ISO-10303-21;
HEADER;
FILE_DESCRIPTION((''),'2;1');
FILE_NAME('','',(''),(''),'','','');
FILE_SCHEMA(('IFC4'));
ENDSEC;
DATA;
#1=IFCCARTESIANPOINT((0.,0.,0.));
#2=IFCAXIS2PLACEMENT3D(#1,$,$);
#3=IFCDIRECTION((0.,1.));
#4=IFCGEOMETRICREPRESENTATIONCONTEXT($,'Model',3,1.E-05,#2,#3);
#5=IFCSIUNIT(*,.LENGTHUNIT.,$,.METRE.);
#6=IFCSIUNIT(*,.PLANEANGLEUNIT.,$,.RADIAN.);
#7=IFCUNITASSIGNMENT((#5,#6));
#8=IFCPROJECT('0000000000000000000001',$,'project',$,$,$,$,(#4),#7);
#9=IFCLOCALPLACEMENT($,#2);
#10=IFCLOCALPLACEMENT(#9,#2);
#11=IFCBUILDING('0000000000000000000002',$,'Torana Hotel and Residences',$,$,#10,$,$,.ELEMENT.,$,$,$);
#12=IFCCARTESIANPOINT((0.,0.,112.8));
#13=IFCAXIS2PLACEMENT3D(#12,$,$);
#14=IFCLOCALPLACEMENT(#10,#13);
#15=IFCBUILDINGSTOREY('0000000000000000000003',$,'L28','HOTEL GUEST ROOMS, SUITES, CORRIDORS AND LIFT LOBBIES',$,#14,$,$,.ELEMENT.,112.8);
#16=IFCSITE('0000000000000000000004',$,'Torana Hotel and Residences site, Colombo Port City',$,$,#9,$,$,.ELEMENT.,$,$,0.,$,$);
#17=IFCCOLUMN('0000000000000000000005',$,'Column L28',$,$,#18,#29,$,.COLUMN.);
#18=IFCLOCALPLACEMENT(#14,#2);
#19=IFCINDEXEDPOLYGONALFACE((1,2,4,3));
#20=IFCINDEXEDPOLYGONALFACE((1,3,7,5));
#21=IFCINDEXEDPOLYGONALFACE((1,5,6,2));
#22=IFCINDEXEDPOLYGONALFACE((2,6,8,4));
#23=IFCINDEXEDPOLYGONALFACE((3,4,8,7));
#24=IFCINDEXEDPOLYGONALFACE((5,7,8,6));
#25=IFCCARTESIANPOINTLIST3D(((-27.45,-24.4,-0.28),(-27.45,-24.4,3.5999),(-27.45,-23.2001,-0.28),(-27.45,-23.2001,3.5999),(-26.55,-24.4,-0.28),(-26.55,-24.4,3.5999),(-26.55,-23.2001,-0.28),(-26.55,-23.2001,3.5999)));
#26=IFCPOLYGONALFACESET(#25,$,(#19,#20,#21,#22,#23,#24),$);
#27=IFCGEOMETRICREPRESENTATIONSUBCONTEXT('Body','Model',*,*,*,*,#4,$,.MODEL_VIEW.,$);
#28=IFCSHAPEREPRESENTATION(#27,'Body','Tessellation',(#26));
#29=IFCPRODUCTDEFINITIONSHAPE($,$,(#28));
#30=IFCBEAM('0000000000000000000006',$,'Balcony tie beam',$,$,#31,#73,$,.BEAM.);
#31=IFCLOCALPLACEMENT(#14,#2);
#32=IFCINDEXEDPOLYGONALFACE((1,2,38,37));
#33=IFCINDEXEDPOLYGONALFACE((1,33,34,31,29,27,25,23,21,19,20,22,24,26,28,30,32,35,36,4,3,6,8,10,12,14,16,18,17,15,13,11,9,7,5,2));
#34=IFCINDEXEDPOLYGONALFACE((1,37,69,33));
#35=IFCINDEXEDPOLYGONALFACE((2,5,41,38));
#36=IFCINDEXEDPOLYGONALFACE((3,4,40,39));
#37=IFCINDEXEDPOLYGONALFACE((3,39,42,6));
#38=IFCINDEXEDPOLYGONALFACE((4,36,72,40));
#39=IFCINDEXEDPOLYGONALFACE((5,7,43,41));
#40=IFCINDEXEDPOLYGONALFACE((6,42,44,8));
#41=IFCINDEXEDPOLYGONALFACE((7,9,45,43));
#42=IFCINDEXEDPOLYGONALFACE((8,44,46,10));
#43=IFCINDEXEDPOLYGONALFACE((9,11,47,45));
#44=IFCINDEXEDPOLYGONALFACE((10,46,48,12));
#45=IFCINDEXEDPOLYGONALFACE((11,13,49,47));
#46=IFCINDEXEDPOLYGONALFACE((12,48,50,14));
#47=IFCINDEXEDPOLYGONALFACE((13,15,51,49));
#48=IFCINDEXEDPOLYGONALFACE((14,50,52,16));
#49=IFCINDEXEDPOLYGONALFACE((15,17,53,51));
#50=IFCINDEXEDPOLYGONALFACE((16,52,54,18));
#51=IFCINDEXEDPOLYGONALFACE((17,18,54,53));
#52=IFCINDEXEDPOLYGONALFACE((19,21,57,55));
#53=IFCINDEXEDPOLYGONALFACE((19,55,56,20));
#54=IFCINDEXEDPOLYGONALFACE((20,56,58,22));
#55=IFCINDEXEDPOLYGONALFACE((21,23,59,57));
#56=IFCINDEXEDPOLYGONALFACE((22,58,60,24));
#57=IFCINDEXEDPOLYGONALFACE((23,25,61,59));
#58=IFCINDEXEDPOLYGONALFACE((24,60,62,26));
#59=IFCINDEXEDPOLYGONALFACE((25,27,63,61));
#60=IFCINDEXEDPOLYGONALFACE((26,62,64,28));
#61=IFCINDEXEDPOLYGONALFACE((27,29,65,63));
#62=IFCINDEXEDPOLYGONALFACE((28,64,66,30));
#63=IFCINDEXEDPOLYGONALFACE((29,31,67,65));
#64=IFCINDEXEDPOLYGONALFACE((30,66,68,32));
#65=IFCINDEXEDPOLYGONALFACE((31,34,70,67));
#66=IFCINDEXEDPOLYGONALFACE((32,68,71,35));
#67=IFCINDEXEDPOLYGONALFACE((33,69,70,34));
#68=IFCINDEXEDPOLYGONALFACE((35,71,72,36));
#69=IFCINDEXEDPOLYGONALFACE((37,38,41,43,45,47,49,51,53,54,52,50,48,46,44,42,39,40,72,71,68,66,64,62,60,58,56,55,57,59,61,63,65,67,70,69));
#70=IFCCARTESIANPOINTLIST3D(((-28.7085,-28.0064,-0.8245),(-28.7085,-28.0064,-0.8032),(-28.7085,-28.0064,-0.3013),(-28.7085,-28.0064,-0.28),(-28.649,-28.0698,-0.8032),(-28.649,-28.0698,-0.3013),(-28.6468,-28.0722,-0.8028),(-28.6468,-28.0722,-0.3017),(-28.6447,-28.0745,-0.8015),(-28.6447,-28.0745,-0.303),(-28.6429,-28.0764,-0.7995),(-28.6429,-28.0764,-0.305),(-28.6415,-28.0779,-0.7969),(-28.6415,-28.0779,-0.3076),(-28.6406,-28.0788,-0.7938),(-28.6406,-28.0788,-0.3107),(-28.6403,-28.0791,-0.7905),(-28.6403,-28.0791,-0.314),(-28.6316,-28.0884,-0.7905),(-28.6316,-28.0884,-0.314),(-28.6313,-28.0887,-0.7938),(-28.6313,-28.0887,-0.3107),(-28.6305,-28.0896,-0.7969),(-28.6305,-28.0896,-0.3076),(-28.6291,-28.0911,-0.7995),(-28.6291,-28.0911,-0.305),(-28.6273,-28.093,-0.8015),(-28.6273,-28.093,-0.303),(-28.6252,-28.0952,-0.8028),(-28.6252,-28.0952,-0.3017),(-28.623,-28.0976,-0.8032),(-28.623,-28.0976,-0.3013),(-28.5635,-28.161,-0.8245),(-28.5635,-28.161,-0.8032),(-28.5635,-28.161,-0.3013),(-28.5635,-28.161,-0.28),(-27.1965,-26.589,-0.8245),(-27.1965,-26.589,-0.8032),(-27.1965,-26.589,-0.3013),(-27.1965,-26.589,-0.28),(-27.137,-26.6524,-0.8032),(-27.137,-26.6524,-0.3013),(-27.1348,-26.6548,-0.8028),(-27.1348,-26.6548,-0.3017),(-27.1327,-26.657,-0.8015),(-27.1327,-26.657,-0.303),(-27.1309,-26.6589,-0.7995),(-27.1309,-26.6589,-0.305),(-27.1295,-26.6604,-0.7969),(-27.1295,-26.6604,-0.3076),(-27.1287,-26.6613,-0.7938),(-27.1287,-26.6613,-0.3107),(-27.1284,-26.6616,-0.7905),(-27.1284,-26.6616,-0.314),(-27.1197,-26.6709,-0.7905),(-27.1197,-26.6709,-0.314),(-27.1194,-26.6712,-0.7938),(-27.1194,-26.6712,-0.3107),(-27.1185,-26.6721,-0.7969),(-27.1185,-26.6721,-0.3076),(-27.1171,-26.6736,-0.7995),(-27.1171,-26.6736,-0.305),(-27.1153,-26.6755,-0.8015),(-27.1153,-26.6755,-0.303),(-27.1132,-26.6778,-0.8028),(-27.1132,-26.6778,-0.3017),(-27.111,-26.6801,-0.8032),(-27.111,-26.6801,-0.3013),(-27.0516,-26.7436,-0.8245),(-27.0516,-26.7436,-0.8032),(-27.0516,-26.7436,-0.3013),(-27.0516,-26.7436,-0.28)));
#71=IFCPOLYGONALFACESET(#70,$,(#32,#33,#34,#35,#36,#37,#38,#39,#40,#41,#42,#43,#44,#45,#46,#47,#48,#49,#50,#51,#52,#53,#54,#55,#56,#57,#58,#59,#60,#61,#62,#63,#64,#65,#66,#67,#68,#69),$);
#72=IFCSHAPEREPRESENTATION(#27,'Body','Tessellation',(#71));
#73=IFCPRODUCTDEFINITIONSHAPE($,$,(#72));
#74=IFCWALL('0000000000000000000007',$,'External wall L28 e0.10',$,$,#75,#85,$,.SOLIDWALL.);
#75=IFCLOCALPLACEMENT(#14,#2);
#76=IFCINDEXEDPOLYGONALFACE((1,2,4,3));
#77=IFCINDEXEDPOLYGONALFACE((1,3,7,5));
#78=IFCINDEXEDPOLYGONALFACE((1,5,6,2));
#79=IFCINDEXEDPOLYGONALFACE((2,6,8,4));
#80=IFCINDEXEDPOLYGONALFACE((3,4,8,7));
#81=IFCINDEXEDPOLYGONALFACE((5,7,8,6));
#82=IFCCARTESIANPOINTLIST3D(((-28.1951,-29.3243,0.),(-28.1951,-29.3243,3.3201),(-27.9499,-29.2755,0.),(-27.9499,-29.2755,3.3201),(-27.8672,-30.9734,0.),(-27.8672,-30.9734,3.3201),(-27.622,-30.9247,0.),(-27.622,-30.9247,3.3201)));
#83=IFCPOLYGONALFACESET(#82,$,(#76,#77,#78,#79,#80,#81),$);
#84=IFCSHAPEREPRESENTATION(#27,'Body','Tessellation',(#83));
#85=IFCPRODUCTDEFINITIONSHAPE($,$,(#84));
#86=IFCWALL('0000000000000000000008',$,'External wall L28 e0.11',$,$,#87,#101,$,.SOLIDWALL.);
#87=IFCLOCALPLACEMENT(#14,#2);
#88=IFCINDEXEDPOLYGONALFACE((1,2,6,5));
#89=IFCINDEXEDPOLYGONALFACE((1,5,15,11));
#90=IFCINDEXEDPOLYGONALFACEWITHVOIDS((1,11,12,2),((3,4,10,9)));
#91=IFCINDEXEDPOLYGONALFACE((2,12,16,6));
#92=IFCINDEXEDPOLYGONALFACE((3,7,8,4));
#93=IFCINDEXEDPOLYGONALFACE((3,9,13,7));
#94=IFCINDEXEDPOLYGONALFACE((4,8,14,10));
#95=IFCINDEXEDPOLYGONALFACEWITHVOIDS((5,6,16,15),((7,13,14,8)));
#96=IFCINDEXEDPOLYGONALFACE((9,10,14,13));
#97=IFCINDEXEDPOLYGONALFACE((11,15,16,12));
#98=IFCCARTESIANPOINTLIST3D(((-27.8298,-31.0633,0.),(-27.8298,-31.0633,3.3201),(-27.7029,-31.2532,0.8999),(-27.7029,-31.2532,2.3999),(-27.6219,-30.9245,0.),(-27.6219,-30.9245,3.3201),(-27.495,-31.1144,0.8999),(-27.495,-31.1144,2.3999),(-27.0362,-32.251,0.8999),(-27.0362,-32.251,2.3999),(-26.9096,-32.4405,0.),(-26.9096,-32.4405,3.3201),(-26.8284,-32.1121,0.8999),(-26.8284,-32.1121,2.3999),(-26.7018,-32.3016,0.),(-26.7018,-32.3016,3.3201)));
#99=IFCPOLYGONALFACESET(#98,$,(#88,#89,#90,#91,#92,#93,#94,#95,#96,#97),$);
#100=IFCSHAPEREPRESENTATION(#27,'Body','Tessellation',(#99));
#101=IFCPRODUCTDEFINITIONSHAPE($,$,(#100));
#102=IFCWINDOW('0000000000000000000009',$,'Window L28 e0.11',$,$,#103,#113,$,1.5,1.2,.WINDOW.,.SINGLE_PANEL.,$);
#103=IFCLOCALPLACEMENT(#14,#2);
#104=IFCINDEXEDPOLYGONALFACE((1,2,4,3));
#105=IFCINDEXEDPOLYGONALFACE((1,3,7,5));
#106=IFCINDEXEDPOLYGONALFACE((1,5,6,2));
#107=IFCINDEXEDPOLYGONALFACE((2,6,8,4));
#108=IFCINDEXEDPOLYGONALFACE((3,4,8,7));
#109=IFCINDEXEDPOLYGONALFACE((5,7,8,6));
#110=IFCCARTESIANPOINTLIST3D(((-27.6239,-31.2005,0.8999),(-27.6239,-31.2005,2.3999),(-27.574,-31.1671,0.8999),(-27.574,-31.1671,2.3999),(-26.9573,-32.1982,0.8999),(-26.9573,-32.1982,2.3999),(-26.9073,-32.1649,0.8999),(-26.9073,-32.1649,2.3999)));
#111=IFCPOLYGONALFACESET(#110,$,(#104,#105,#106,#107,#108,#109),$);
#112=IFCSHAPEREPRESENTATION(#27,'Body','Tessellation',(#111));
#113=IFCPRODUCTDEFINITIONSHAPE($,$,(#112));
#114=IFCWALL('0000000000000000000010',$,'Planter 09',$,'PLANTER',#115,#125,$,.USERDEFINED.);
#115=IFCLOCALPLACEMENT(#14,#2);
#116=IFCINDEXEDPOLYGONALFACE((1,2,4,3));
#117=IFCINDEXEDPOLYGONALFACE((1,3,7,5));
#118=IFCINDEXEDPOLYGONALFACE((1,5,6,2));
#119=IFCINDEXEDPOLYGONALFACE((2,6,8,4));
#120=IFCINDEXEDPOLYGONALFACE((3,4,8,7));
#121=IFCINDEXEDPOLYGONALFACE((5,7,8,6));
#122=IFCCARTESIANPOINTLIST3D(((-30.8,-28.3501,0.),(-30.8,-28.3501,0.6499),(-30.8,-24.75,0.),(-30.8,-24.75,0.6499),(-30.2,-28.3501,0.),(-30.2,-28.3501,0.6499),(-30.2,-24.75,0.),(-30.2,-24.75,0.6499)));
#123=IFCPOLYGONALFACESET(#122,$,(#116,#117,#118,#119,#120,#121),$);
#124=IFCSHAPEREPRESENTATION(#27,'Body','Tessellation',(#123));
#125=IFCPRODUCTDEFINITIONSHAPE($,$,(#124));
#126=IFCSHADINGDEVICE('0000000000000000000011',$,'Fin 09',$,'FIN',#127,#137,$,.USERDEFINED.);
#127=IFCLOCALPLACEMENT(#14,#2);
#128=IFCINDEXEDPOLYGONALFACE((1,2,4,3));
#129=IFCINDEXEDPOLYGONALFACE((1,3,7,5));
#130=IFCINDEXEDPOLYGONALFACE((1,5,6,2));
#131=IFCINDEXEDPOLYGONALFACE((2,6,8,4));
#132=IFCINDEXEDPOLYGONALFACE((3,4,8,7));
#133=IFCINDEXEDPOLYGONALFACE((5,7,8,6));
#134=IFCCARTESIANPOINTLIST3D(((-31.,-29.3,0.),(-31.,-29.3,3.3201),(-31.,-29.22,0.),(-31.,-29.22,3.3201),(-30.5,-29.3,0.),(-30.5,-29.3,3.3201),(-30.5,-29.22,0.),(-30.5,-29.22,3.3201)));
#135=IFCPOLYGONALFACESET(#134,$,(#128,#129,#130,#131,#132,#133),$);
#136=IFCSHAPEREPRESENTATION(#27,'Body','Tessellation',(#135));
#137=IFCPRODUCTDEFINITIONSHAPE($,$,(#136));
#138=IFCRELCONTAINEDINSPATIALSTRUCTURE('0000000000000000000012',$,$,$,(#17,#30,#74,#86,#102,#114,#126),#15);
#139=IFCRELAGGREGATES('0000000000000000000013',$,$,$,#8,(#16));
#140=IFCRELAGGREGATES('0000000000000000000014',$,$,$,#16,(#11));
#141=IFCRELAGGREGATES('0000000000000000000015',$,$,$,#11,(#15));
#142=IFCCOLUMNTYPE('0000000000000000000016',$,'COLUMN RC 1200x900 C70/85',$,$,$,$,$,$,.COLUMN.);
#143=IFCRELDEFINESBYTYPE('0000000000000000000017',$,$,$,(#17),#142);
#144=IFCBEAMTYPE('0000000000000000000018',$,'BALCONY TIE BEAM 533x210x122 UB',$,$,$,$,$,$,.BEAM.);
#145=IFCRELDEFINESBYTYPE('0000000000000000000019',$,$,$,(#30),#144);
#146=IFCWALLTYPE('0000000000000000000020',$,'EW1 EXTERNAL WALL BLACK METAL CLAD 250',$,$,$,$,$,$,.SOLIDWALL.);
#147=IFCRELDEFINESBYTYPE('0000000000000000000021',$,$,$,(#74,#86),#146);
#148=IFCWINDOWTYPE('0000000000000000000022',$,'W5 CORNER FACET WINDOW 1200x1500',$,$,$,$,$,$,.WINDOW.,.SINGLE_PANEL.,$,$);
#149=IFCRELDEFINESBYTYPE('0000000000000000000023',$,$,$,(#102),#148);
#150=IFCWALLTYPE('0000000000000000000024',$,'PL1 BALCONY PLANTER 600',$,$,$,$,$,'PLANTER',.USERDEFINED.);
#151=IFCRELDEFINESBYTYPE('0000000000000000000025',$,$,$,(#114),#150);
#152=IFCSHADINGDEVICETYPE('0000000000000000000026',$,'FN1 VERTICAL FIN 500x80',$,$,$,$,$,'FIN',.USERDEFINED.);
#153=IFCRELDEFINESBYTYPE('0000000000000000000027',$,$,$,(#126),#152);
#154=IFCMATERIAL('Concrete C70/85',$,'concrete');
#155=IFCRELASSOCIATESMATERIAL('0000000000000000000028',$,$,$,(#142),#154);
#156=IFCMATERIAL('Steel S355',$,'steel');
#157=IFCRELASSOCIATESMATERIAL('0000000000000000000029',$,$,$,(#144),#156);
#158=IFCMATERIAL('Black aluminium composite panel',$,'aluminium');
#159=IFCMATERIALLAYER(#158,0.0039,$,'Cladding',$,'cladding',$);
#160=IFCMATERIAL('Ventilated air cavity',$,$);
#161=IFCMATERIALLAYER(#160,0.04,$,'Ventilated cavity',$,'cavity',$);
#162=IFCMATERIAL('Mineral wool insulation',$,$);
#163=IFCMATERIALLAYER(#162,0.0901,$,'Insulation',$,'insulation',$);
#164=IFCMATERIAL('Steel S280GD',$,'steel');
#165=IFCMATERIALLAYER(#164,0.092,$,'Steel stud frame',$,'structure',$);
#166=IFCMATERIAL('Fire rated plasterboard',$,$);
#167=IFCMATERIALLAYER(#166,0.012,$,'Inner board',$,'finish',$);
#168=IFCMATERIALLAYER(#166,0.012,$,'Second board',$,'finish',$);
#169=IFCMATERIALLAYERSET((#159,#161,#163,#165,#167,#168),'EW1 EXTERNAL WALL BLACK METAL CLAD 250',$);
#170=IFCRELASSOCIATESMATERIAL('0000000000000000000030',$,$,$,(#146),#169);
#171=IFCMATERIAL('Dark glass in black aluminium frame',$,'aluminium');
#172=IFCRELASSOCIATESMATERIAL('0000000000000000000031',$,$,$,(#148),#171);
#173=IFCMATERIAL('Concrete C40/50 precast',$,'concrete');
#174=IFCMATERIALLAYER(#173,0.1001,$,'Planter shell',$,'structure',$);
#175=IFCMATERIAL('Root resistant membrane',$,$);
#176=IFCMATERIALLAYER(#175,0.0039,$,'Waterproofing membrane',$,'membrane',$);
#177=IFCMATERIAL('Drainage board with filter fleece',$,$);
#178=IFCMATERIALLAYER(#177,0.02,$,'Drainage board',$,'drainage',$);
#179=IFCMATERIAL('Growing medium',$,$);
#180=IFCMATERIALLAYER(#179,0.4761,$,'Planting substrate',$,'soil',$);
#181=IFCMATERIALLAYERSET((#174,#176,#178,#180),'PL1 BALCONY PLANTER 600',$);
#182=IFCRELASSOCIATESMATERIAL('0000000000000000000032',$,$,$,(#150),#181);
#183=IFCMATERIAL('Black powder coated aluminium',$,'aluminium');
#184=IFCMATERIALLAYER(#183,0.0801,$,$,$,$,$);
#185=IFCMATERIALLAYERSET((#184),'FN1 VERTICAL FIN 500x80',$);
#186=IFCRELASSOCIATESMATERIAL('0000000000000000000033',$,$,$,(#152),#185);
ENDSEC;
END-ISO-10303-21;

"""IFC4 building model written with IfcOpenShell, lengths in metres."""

from ifc_helpers import new_model, si_unit, direction, frame, frame_2d, origin, origin_2d, place, context, subcontext, project, spatial, rectangle, i_section, extrude, material, layer, layer_set, material_profile, profile_set, type_object, element, fill, save


model = new_model("IFC4")

# Units and contexts
model_context = context("Model", 3, precision=1e-05, world=origin(), true_north=direction((0.0, 1.0)))
body_context = subcontext(model_context, "Body", "Model", "MODEL_VIEW")
ifc_project = project(units=[si_unit("LENGTHUNIT", "METRE"), si_unit("PLANEANGLEUNIT", "RADIAN")], contexts=[model_context])

# Site, building, storey
site_placement = place(None, origin())
site = spatial("IfcSite", under=ifc_project, at=site_placement, Name="Torana Hotel and Residences site, Colombo Port City", CompositionType="ELEMENT", RefElevation=0.0)
building_placement = place(site_placement, origin())
building = spatial("IfcBuilding", under=site, at=building_placement, Name="Torana Hotel and Residences", CompositionType="ELEMENT")
storey_placement = place(building_placement, frame((0.0, 0.0, 112.8)))
storey = spatial("IfcBuildingStorey", under=building, at=storey_placement, Name="L28", Description="HOTEL GUEST ROOMS, SUITES, CORRIDORS AND LIFT LOBBIES", CompositionType="ELEMENT", Elevation=112.8)

# Column
ifc_material_1 = material(Name="Concrete C70/85", Category="concrete")
ifc_material_profile_1 = material_profile(ifc_material_1, rectangle(XDim=1.2, YDim=0.8999, at=origin_2d()), Name="RC 1200x900")
ifc_profile_set_1 = profile_set([ifc_material_profile_1], Name="Concrete C70/85")
column_type = type_object("IfcColumnType", Name="COLUMN RC 1200x900 C70/85", PredefinedType="COLUMN", material=ifc_profile_set_1)
column_placement = place(storey_placement, frame((-27.0, -23.8, -0.28), z_axis=(0.0, 0.0, 1.0), x_axis=(0.0, 1.0, 0.0)))
element("IfcColumn", 1, at=column_placement, inside=storey, type_object=column_type, Name="Column L28", PredefinedType="COLUMN", context=body_context, shape_type="SweptSolid", body=[
    extrude(rectangle(XDim=1.2, YDim=0.8999, at=origin_2d()), origin(), (0.0, 0.0, 1.0), 3.8799),
])

# Beam
ifc_material_2 = material(Name="Steel S355", Category="steel")
ifc_material_profile_2 = material_profile(ifc_material_2, i_section(OverallWidth=0.2119, OverallDepth=0.5444, WebThickness=0.0127, FlangeThickness=0.0212, FilletRadius=0.0127, at=origin_2d()), Name="533x210x122 UB")
ifc_profile_set_2 = profile_set([ifc_material_profile_2], Name="Steel S355")
beam_type = type_object("IfcBeamType", Name="BALCONY TIE BEAM 533x210x122 UB", PredefinedType="BEAM", material=ifc_profile_set_2)
beam_placement = place(storey_placement, frame((-28.636, -28.0837, -0.5522), z_axis=(0.729534, 0.683945, 0.0), x_axis=(-0.683945, 0.729534, 0.0)))
element("IfcBeam", 2, at=beam_placement, inside=storey, type_object=beam_type, Name="Balcony tie beam", PredefinedType="BEAM", context=body_context, shape_type="SweptSolid", body=[
    extrude(i_section(OverallWidth=0.2119, OverallDepth=0.5444, WebThickness=0.0127, FlangeThickness=0.0212, FilletRadius=0.0127, at=origin_2d()), origin(), (0.0, 0.0, 1.0), 2.0725),
])

# Wall
ifc_material_3 = material(Name="Black aluminium composite panel", Category="aluminium")
ifc_layer_1 = layer(ifc_material_3, 0.0039, Name="Cladding", Category="cladding")
ifc_material_4 = material(Name="Ventilated air cavity")
ifc_layer_2 = layer(ifc_material_4, 0.04, Name="Ventilated cavity", Category="cavity")
ifc_material_5 = material(Name="Mineral wool insulation")
ifc_layer_3 = layer(ifc_material_5, 0.0901, Name="Insulation", Category="insulation")
ifc_material_6 = material(Name="Steel S280GD", Category="steel")
ifc_layer_4 = layer(ifc_material_6, 0.092, Name="Steel stud frame", Category="structure")
ifc_material_7 = material(Name="Fire rated plasterboard")
ifc_layer_5 = layer(ifc_material_7, 0.012, Name="Inner board", Category="finish")
ifc_layer_6 = layer(ifc_material_7, 0.012, Name="Second board", Category="finish")
ifc_layer_set_1 = layer_set([ifc_layer_1, ifc_layer_2, ifc_layer_3, ifc_layer_4, ifc_layer_5, ifc_layer_6], Name="EW1 EXTERNAL WALL BLACK METAL CLAD 250")
wall_type_1 = type_object("IfcWallType", Name="EW1 EXTERNAL WALL BLACK METAL CLAD 250", PredefinedType="SOLIDWALL", material=ifc_layer_set_1)
wall_1_placement = place(storey_placement, frame((-28.0725, -29.2998, 0.0), z_axis=(0.0, 0.0, 1.0), x_axis=(0.194999, -0.980803, 0.0)))
element("IfcWall", 3, at=wall_1_placement, inside=storey, type_object=wall_type_1, Name="External wall L28 e0.10", PredefinedType="SOLIDWALL", context=body_context, shape_type="SweptSolid", body=[
    extrude(rectangle(XDim=1.6814, YDim=0.25, at=frame_2d((0.8408, 0.0))), origin(), (0.0, 0.0, 1.0), 3.3201),
])

# Wall, opening, window
wall_2_placement = place(storey_placement, frame((-27.7258, -30.9939, 0.0), z_axis=(0.0, 0.0, 1.0), x_axis=(0.55555, -0.831483, 0.0)))
wall_2 = element("IfcWall", 4, at=wall_2_placement, inside=storey, type_object=wall_type_1, Name="External wall L28 e0.11", PredefinedType="SOLIDWALL", context=body_context, shape_type="SweptSolid", body=[
    extrude(rectangle(XDim=1.6562, YDim=0.25, at=frame_2d((0.8281, 0.0))), origin(), (0.0, 0.0, 1.0), 3.3201),
])
opening_placement = place(wall_2_placement, frame((0.2283, 0.0, 0.8999)))
opening = element("IfcOpeningElement", 5, at=opening_placement, cuts=wall_2, PredefinedType="OPENING", context=body_context, shape_type="SweptSolid", body=[
    extrude(rectangle(XDim=1.2, YDim=1.5, at=frame_2d((0.6001, 0.75))), frame((0.0, 0.135, 0.0), z_axis=(0.0, -1.0, 0.0), x_axis=(1.0, 0.0, 0.0)), (0.0, 0.0, 1.0), 0.27),
])
ifc_material_8 = material(Name="Dark glass in black aluminium frame", Category="aluminium")
window_type = type_object("IfcWindowType", Name="W5 CORNER FACET WINDOW 1200x1500", PartitioningType="SINGLE_PANEL", PredefinedType="WINDOW", material=ifc_material_8)
window_placement = place(opening_placement, origin())
window = element("IfcWindow", 6, at=window_placement, inside=storey, type_object=window_type, Name="Window L28 e0.11", OverallHeight=1.5, OverallWidth=1.2, PartitioningType="SINGLE_PANEL", PredefinedType="WINDOW", context=body_context, shape_type="SweptSolid", body=[
    extrude(rectangle(XDim=1.2, YDim=1.5, at=frame_2d((0.6001, 0.75))), frame((0.0, 0.03, 0.0), z_axis=(0.0, -1.0, 0.0), x_axis=(1.0, 0.0, 0.0)), (0.0, 0.0, 1.0), 0.0601),
])
fill(opening, window)

# Wall
ifc_material_9 = material(Name="Concrete C40/50 precast", Category="concrete")
ifc_layer_7 = layer(ifc_material_9, 0.1001, Name="Planter shell", Category="structure")
ifc_material_10 = material(Name="Root resistant membrane")
ifc_layer_8 = layer(ifc_material_10, 0.0039, Name="Waterproofing membrane", Category="membrane")
ifc_material_11 = material(Name="Drainage board with filter fleece")
ifc_layer_9 = layer(ifc_material_11, 0.02, Name="Drainage board", Category="drainage")
ifc_material_12 = material(Name="Growing medium")
ifc_layer_10 = layer(ifc_material_12, 0.4761, Name="Planting substrate", Category="soil")
ifc_layer_set_2 = layer_set([ifc_layer_7, ifc_layer_8, ifc_layer_9, ifc_layer_10], Name="PL1 BALCONY PLANTER 600")
wall_type_2 = type_object("IfcWallType", Name="PL1 BALCONY PLANTER 600", ElementType="PLANTER", PredefinedType="USERDEFINED", material=ifc_layer_set_2)
wall_3_placement = place(storey_placement, frame((-30.5, -28.3501, 0.0), z_axis=(0.0, 0.0, 1.0), x_axis=(0.0, 1.0, 0.0)))
element("IfcWall", 7, at=wall_3_placement, inside=storey, type_object=wall_type_2, Name="Planter 09", ObjectType="PLANTER", PredefinedType="USERDEFINED", context=body_context, shape_type="SweptSolid", body=[
    extrude(rectangle(XDim=3.6001, YDim=0.6001, at=frame_2d((1.8, 0.0))), origin(), (0.0, 0.0, 1.0), 0.6499),
])

# Shading device
ifc_material_13 = material(Name="Black powder coated aluminium", Category="aluminium")
ifc_layer_11 = layer(ifc_material_13, 0.0801)
ifc_layer_set_3 = layer_set([ifc_layer_11], Name="FN1 VERTICAL FIN 500x80")
shading_device_type = type_object("IfcShadingDeviceType", Name="FN1 VERTICAL FIN 500x80", ElementType="FIN", PredefinedType="USERDEFINED", material=ifc_layer_set_3)
shading_device_placement = place(storey_placement, frame((-30.75, -29.26, 0.0), z_axis=(0.0, 0.0, 1.0), x_axis=(0.0, 1.0, 0.0)))
element("IfcShadingDevice", 8, at=shading_device_placement, inside=storey, type_object=shading_device_type, Name="Fin 09", ObjectType="FIN", PredefinedType="USERDEFINED", context=body_context, shape_type="SweptSolid", body=[
    extrude(rectangle(XDim=0.0801, YDim=0.5, at=origin_2d()), origin(), (0.0, 0.0, 1.0), 3.3201),
])

save(model, "model.ifc")
